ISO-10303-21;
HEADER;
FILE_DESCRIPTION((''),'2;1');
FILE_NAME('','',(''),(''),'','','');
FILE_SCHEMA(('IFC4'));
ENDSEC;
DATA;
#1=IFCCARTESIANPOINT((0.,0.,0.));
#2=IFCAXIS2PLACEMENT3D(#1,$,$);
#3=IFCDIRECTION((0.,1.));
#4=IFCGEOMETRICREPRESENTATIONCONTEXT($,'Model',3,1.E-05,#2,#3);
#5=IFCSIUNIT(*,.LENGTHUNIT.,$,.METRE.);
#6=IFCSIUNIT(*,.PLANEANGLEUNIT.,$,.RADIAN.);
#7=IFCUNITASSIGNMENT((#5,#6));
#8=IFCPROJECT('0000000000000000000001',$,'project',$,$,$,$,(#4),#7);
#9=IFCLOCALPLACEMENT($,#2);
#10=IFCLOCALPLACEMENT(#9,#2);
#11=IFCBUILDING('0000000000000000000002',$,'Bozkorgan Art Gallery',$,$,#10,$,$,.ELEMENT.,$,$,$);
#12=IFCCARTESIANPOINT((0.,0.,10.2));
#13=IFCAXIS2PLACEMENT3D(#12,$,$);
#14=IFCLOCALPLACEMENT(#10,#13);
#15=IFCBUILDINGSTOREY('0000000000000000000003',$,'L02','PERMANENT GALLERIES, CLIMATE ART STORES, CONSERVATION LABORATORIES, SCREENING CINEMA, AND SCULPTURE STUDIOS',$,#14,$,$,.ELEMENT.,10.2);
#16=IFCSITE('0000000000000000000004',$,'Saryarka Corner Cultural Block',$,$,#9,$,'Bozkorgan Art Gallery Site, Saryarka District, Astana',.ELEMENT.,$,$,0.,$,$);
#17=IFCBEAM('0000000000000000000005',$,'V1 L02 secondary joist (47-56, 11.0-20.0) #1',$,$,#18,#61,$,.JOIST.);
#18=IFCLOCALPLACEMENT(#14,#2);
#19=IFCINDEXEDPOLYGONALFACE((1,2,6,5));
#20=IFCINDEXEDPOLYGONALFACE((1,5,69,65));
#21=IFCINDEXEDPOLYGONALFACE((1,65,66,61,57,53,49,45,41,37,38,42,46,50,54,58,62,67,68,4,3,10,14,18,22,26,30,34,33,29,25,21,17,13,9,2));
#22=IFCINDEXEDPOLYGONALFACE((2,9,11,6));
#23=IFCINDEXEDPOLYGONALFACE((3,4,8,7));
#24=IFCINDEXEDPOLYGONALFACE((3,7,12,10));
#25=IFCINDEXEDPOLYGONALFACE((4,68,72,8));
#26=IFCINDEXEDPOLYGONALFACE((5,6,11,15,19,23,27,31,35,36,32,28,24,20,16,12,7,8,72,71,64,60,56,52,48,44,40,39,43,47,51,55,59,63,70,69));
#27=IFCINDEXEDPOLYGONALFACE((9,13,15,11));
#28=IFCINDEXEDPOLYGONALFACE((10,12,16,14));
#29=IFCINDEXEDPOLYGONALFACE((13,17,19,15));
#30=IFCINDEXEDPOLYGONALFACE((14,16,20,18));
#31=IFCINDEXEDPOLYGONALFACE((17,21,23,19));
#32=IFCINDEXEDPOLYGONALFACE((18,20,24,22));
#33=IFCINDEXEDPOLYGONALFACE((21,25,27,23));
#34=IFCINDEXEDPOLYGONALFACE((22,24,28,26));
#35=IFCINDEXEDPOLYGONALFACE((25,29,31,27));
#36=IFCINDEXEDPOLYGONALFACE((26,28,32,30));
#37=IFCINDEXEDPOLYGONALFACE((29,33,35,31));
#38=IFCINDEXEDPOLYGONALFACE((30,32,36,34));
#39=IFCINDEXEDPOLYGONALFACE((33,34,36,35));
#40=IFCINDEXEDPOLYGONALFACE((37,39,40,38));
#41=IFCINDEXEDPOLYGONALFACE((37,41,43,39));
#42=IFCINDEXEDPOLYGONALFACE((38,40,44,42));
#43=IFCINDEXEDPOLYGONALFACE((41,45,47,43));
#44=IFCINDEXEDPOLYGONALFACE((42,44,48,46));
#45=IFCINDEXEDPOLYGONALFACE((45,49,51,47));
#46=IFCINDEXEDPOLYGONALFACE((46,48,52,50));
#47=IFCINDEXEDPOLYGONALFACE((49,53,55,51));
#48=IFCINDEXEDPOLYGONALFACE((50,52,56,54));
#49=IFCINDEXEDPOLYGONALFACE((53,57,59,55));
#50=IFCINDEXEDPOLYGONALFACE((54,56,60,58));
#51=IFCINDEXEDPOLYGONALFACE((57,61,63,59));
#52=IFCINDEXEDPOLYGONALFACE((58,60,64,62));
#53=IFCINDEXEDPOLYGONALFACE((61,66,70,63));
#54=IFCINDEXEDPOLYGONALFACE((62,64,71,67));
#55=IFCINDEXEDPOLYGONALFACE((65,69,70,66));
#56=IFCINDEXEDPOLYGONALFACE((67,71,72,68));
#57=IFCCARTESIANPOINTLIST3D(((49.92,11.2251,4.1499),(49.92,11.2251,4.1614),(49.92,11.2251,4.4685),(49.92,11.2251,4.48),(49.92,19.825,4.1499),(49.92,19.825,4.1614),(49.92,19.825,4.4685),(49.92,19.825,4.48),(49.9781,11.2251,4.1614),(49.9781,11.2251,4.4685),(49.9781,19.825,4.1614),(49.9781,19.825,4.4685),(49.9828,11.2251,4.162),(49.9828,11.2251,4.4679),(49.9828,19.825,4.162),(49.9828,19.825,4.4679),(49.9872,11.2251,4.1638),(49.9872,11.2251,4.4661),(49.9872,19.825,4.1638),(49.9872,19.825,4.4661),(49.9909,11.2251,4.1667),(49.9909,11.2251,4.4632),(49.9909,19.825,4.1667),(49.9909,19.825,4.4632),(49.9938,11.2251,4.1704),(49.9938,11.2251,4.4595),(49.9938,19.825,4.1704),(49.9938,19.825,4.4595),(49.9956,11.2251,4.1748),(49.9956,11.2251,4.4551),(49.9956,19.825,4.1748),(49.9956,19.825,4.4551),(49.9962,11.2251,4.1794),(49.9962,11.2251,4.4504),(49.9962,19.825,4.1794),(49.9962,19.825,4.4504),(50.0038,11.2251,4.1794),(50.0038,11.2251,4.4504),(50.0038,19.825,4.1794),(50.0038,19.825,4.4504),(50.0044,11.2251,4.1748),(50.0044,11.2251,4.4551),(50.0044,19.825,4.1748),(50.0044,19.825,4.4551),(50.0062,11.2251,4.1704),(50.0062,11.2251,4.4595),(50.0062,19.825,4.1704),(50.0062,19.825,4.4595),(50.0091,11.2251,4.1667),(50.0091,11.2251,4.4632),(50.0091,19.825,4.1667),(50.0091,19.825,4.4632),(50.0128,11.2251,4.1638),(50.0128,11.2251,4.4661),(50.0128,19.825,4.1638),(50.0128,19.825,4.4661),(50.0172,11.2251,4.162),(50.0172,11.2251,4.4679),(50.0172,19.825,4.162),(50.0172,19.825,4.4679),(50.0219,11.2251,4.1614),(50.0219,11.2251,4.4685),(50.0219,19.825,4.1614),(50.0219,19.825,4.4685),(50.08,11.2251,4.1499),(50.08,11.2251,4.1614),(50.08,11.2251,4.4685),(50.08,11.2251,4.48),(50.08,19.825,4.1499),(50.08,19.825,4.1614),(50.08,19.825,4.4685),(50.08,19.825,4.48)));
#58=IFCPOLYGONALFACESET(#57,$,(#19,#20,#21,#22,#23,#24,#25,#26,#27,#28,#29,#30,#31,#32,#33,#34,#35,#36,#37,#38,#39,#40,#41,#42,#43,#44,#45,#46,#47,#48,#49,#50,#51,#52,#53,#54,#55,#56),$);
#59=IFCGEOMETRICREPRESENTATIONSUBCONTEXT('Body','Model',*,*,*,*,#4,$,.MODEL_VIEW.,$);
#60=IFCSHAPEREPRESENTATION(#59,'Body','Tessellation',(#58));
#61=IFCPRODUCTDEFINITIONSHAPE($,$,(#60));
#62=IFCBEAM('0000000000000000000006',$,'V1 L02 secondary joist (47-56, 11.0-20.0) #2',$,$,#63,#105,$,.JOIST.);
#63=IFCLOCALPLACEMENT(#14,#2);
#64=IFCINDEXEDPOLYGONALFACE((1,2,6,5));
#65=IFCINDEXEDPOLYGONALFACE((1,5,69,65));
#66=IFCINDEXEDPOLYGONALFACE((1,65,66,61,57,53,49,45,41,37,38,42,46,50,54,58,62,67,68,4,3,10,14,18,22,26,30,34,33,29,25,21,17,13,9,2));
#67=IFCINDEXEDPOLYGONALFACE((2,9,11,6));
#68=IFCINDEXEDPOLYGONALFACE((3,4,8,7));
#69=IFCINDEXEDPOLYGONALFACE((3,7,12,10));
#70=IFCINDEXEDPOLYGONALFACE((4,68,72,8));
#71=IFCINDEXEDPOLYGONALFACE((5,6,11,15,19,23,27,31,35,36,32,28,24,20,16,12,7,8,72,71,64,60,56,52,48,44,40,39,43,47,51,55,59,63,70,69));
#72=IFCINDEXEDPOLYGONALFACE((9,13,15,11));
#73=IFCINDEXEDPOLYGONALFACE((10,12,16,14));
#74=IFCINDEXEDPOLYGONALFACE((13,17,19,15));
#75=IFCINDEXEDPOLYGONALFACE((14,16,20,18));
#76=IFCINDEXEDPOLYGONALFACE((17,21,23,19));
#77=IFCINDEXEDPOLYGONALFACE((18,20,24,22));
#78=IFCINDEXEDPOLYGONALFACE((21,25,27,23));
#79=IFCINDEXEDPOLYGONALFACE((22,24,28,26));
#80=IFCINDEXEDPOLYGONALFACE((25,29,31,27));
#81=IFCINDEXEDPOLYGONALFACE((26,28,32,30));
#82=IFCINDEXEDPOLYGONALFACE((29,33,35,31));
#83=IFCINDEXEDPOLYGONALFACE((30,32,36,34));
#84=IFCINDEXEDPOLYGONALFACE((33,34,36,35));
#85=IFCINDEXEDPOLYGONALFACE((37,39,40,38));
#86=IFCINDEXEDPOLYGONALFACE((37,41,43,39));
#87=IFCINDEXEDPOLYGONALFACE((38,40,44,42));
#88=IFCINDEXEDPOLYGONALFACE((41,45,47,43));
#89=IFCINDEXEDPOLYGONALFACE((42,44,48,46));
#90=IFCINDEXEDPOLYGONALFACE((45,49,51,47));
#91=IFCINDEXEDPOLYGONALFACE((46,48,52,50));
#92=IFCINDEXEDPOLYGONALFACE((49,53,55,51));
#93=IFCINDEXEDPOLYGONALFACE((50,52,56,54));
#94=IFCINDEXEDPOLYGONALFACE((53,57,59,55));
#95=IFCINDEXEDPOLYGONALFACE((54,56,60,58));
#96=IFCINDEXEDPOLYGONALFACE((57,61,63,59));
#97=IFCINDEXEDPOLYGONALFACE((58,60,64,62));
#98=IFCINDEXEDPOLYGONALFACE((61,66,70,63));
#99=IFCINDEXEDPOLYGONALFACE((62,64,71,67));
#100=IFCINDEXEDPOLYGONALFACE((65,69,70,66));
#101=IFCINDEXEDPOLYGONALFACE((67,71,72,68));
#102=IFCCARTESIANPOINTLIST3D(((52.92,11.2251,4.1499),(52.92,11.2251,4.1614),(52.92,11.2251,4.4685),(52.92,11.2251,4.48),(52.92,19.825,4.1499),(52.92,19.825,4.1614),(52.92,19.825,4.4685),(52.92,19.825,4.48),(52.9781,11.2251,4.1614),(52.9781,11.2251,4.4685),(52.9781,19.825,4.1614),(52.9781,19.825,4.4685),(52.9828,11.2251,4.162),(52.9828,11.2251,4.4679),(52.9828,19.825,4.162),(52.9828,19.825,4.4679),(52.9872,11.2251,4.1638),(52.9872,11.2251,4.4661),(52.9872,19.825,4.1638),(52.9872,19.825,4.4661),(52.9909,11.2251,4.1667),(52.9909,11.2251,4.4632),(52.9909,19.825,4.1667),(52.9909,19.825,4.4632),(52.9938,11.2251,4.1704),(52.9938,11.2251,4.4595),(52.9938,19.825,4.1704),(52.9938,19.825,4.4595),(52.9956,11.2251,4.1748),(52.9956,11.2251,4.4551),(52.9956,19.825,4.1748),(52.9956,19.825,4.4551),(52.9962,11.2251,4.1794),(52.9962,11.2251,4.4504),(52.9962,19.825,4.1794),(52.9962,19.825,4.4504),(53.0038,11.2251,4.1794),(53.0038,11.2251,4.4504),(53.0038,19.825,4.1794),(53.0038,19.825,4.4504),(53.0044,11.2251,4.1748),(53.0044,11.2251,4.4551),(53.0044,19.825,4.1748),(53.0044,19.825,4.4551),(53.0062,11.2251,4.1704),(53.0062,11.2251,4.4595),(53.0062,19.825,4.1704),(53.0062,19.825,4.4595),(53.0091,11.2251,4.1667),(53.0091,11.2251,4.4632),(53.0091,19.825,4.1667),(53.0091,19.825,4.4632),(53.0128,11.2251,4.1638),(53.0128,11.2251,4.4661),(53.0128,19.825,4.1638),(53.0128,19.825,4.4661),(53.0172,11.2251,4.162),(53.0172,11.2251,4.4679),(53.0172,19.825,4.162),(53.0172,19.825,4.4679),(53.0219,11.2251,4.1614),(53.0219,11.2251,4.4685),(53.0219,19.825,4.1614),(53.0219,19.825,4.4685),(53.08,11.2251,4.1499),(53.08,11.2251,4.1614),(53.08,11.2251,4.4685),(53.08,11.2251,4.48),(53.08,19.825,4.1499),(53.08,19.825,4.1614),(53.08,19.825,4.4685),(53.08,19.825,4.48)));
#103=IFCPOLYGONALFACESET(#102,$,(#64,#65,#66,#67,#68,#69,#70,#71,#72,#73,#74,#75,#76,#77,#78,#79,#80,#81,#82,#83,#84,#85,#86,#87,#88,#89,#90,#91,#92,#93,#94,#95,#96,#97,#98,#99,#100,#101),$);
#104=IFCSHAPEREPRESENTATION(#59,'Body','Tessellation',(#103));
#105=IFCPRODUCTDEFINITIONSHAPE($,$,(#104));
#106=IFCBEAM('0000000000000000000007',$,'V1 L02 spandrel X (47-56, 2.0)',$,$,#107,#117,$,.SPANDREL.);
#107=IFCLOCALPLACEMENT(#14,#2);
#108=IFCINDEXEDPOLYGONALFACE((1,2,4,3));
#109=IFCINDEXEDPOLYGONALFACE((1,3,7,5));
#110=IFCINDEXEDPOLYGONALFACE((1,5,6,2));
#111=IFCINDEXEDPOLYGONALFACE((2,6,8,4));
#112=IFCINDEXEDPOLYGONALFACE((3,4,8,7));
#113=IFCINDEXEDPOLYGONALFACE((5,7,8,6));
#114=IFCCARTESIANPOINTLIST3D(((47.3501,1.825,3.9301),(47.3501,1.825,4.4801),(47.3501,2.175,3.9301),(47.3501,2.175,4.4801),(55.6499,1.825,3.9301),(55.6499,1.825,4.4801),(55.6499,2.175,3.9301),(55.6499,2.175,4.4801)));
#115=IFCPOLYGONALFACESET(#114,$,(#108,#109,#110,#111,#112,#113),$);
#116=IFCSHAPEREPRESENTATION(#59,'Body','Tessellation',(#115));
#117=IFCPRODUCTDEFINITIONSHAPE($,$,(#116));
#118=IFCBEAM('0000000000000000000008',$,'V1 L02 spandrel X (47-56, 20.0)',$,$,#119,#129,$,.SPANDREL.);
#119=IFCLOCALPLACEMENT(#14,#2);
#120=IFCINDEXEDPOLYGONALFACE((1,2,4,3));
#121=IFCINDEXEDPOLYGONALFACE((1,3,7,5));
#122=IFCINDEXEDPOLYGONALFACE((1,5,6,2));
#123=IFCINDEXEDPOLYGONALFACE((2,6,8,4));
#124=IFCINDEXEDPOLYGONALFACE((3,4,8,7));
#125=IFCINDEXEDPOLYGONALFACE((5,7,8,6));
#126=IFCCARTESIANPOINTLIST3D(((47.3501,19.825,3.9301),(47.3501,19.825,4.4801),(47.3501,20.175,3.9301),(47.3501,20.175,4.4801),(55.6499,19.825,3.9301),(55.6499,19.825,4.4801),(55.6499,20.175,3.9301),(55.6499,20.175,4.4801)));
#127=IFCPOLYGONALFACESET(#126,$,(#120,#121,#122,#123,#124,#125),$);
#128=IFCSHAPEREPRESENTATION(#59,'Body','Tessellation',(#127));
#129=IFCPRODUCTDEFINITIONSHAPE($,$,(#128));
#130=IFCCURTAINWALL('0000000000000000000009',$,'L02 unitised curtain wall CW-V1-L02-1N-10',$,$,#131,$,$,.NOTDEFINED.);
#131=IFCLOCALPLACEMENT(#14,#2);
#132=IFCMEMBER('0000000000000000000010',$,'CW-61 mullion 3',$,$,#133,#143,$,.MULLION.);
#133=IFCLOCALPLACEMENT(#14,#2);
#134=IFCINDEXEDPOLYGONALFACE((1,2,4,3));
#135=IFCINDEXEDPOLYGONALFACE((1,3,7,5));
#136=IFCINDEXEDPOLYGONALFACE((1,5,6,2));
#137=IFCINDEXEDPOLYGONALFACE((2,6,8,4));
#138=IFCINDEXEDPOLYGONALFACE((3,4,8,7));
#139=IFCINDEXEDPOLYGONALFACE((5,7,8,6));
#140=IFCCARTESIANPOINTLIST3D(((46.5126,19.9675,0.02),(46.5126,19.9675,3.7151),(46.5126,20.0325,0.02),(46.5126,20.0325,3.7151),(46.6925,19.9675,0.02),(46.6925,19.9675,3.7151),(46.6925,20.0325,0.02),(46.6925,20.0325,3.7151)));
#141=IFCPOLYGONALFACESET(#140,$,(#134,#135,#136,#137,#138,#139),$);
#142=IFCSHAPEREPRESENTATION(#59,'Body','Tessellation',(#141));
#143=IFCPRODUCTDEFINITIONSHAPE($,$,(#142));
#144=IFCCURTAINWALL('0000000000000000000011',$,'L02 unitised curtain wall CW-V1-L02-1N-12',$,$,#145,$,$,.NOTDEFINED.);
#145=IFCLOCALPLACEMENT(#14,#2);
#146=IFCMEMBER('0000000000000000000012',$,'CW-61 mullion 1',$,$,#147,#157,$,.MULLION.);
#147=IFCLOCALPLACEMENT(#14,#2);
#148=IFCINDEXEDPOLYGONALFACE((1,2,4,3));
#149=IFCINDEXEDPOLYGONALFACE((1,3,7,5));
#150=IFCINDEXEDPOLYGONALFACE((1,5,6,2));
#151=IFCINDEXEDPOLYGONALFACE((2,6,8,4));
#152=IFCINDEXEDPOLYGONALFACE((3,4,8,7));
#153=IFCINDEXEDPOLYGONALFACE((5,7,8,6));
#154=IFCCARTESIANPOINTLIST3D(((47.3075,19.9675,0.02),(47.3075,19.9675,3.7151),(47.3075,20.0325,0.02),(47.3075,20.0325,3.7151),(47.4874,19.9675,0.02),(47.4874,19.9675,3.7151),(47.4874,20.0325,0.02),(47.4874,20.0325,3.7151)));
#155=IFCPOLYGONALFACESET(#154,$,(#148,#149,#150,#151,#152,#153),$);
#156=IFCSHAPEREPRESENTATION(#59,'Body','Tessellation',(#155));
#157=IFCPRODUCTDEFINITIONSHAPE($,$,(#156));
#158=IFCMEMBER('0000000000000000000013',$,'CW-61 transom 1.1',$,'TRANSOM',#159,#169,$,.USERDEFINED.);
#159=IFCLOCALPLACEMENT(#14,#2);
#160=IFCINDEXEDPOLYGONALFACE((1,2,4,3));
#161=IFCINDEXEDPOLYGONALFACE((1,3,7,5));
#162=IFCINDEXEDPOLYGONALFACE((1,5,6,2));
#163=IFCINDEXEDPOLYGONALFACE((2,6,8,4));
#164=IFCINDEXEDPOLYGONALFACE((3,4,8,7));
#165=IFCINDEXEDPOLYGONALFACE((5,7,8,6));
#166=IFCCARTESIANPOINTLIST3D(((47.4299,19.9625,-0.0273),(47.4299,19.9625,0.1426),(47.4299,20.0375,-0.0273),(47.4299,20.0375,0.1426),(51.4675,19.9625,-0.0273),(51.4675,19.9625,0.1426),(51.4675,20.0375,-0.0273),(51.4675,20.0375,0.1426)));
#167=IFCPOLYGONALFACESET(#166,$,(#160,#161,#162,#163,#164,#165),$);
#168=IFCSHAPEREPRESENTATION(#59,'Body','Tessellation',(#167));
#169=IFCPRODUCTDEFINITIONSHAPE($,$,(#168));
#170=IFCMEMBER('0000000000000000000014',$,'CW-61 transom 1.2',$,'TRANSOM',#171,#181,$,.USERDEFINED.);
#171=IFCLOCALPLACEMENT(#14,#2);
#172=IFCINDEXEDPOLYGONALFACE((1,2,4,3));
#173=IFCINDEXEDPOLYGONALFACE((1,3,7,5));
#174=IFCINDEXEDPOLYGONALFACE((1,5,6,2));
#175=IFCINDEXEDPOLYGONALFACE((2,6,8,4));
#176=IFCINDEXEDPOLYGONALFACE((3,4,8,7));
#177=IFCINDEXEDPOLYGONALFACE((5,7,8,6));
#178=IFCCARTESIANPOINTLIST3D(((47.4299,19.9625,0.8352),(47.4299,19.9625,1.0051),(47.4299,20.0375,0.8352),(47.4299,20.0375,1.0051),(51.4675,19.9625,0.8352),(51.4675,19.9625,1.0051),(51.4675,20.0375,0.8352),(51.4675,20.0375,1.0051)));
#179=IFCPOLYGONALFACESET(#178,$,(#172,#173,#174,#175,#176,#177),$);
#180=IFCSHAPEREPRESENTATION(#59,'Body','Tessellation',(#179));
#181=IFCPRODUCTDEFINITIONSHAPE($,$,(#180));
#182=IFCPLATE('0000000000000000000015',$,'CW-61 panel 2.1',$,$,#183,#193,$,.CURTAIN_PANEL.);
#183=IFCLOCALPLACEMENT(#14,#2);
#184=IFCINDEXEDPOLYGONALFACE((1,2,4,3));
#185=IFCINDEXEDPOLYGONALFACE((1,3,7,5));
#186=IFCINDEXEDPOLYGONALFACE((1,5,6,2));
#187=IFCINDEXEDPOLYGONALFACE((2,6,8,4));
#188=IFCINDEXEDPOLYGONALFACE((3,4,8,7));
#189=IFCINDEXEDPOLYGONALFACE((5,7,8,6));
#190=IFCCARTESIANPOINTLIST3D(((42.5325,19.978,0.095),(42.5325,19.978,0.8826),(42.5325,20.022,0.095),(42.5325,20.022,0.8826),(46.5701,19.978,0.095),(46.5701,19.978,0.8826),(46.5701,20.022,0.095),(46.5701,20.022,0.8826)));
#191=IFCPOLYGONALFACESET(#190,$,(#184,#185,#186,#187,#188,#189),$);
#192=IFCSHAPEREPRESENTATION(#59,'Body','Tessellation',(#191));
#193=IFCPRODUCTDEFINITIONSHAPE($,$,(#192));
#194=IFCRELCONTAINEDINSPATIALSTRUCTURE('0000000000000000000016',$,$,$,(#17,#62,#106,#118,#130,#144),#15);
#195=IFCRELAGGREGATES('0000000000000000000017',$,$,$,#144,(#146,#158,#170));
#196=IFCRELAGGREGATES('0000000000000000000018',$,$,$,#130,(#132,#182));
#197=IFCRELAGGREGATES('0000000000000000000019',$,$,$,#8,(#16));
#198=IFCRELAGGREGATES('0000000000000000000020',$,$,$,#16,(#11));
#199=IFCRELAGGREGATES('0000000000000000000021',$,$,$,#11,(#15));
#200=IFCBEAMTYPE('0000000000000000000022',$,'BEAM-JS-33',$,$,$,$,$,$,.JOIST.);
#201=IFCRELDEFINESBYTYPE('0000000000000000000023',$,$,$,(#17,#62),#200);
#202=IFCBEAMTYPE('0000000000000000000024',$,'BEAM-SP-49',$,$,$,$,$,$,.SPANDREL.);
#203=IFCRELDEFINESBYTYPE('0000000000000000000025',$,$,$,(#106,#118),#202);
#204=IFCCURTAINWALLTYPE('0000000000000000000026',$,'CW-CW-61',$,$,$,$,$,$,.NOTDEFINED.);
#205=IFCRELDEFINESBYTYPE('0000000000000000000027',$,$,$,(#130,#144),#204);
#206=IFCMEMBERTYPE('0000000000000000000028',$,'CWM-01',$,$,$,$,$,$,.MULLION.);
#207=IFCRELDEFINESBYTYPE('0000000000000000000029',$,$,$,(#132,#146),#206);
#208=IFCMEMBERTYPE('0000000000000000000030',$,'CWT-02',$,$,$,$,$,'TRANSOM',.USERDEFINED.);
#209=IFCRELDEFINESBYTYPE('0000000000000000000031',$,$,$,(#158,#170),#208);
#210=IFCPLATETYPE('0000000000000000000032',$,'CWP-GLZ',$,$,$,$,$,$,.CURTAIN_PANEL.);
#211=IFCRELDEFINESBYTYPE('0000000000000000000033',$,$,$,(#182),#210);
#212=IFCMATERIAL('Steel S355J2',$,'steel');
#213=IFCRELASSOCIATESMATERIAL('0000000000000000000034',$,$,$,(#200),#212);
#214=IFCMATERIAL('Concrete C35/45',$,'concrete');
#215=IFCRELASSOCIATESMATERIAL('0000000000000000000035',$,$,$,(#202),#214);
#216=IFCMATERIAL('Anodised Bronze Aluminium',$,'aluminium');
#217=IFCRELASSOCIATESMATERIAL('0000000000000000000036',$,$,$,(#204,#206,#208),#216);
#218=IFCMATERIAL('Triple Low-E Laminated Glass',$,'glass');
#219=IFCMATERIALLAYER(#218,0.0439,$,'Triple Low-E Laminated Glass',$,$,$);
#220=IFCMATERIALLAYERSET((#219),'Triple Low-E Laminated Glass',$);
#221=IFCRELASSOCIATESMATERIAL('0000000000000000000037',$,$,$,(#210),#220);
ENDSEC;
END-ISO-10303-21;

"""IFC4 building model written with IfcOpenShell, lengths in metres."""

from ifc_helpers import new_model, si_unit, direction, frame, origin, origin_2d, place, context, subcontext, project, spatial, rectangle, i_section, extrude, material, layer, layer_set, material_profile, profile_set, type_object, element, aggregate, save


model = new_model("IFC4")

# Units and contexts
model_context = context("Model", 3, precision=1e-05, world=origin(), true_north=direction((0.0, 1.0)))
body_context = subcontext(model_context, "Body", "Model", "MODEL_VIEW")
ifc_project = project(units=[si_unit("LENGTHUNIT", "METRE"), si_unit("PLANEANGLEUNIT", "RADIAN")], contexts=[model_context])

# Site, building, storey
site_placement = place(None, origin())
site = spatial("IfcSite", under=ifc_project, at=site_placement, Name="Saryarka Corner Cultural Block", LongName="Bozkorgan Art Gallery Site, Saryarka District, Astana", CompositionType="ELEMENT", RefElevation=0.0)
building_placement = place(site_placement, origin())
building = spatial("IfcBuilding", under=site, at=building_placement, Name="Bozkorgan Art Gallery", CompositionType="ELEMENT")
storey_placement = place(building_placement, frame((0.0, 0.0, 10.2)))
storey = spatial("IfcBuildingStorey", under=building, at=storey_placement, Name="L02", Description="PERMANENT GALLERIES, CLIMATE ART STORES, CONSERVATION LABORATORIES, SCREENING CINEMA, AND SCULPTURE STUDIOS", CompositionType="ELEMENT", Elevation=10.2)

# Beams
ifc_material_1 = material(Name="Concrete C35/45", Category="concrete")
ifc_material_2 = material(Name="Steel S355J2", Category="steel")
ifc_material_profile_1 = material_profile(ifc_material_2, i_section(OverallWidth=0.1599, OverallDepth=0.3301, WebThickness=0.0076, FlangeThickness=0.0115, FilletRadius=0.0181, at=origin_2d()), Name="IPE 330")
ifc_profile_set_1 = profile_set([ifc_material_profile_1], Name="Steel S355J2")
beam_type_1 = type_object("IfcBeamType", Name="BEAM-JS-33", PredefinedType="JOIST", material=ifc_profile_set_1)
for number, where, z_axis, x_axis, name in (
    (1, (50.0, 11.2251, 4.3149), (0.0, 1.0, 0.0), (-1.0, 0.0, 0.0), "V1 L02 secondary joist (47-56, 11.0-20.0) #1"),
    (2, (53.0, 11.2251, 4.3149), (0.0, 1.0, 0.0), (-1.0, 0.0, 0.0), "V1 L02 secondary joist (47-56, 11.0-20.0) #2"),
):
    element("IfcBeam", number, at=place(storey_placement, frame(where, z_axis=z_axis, x_axis=x_axis)), inside=storey, type_object=beam_type_1, Name=name, PredefinedType="JOIST", context=body_context, shape_type="SweptSolid", body=[
        extrude(i_section(OverallWidth=0.1599, OverallDepth=0.3301, WebThickness=0.0076, FlangeThickness=0.0115, FilletRadius=0.0181, at=origin_2d()), origin(), (0.0, 0.0, 1.0), 8.5999),
    ])
ifc_material_profile_2 = material_profile(ifc_material_1, rectangle(XDim=0.3501, YDim=0.55, at=origin_2d()), Name="RC 350x550")
ifc_profile_set_2 = profile_set([ifc_material_profile_2], Name="Concrete C35/45")
beam_type_2 = type_object("IfcBeamType", Name="BEAM-SP-49", PredefinedType="SPANDREL", material=ifc_profile_set_2)
for number, where, z_axis, x_axis, name in (
    (3, (47.3501, 2.0, 4.2051), (1.0, 0.0, 0.0), (0.0, 1.0, 0.0), "V1 L02 spandrel X (47-56, 2.0)"),
    (4, (47.3501, 20.0, 4.2051), (1.0, 0.0, 0.0), (0.0, 1.0, 0.0), "V1 L02 spandrel X (47-56, 20.0)"),
):
    element("IfcBeam", number, at=place(storey_placement, frame(where, z_axis=z_axis, x_axis=x_axis)), inside=storey, type_object=beam_type_2, Name=name, PredefinedType="SPANDREL", context=body_context, shape_type="SweptSolid", body=[
        extrude(rectangle(XDim=0.3501, YDim=0.55, at=origin_2d()), origin(), (0.0, 0.0, 1.0), 8.2998),
    ])

# Curtain wall, member
ifc_material_3 = material(Name="Anodised Bronze Aluminium", Category="aluminium")
curtain_wall_type = type_object("IfcCurtainWallType", Name="CW-CW-61", PredefinedType="NOTDEFINED", material=ifc_material_3)
curtain_wall_1_placement = place(storey_placement, origin())
curtain_wall_1 = element("IfcCurtainWall", 5, at=curtain_wall_1_placement, inside=storey, type_object=curtain_wall_type, Name="L02 unitised curtain wall CW-V1-L02-1N-10", PredefinedType="NOTDEFINED")
ifc_material_profile_3 = material_profile(ifc_material_3, rectangle(XDim=0.0649, YDim=0.1799, at=origin_2d()), Name="ALU MULLION 65x180")
ifc_profile_set_3 = profile_set([ifc_material_profile_3], Name="Anodised Bronze Aluminium")
member_type_1 = type_object("IfcMemberType", Name="CWM-01", PredefinedType="MULLION", material=ifc_profile_set_3)
member_1_placement = place(storey_placement, frame((46.6025, 20.0, 0.02), z_axis=(0.0, 0.0, 1.0), x_axis=(0.0, 1.0, 0.0)))
member_1 = element("IfcMember", 6, at=member_1_placement, type_object=member_type_1, Name="CW-61 mullion 3", PredefinedType="MULLION", context=body_context, shape_type="SweptSolid", body=[
    extrude(rectangle(XDim=0.0649, YDim=0.1799, at=origin_2d()), origin(), (0.0, 0.0, 1.0), 3.6951),
])

# Curtain wall, members
curtain_wall_2_placement = place(storey_placement, origin())
curtain_wall_2 = element("IfcCurtainWall", 7, at=curtain_wall_2_placement, inside=storey, type_object=curtain_wall_type, Name="L02 unitised curtain wall CW-V1-L02-1N-12", PredefinedType="NOTDEFINED")
member_2_placement = place(storey_placement, frame((47.3975, 20.0, 0.02), z_axis=(0.0, 0.0, 1.0), x_axis=(0.0, 1.0, 0.0)))
member_2 = element("IfcMember", 8, at=member_2_placement, type_object=member_type_1, Name="CW-61 mullion 1", PredefinedType="MULLION", context=body_context, shape_type="SweptSolid", body=[
    extrude(rectangle(XDim=0.0649, YDim=0.1799, at=origin_2d()), origin(), (0.0, 0.0, 1.0), 3.6951),
])
ifc_material_profile_4 = material_profile(ifc_material_3, rectangle(XDim=0.075, YDim=0.1699, at=origin_2d()), Name="ALU TRANSOM 75x170")
ifc_profile_set_4 = profile_set([ifc_material_profile_4], Name="Anodised Bronze Aluminium")
member_type_2 = type_object("IfcMemberType", Name="CWT-02", ElementType="TRANSOM", PredefinedType="USERDEFINED", material=ifc_profile_set_4)
member_3_placement = place(storey_placement, frame((47.4299, 20.0, 0.0576), z_axis=(1.0, 0.0, 0.0), x_axis=(0.0, 1.0, 0.0)))
member_3 = element("IfcMember", 9, at=member_3_placement, type_object=member_type_2, Name="CW-61 transom 1.1", ObjectType="TRANSOM", PredefinedType="USERDEFINED", context=body_context, shape_type="SweptSolid", body=[
    extrude(rectangle(XDim=0.075, YDim=0.1699, at=origin_2d()), origin(), (0.0, 0.0, 1.0), 4.0376),
])
member_4_placement = place(storey_placement, frame((47.4299, 20.0, 0.9202), z_axis=(1.0, 0.0, 0.0), x_axis=(0.0, 1.0, 0.0)))
member_4 = element("IfcMember", 10, at=member_4_placement, type_object=member_type_2, Name="CW-61 transom 1.2", ObjectType="TRANSOM", PredefinedType="USERDEFINED", context=body_context, shape_type="SweptSolid", body=[
    extrude(rectangle(XDim=0.075, YDim=0.1699, at=origin_2d()), origin(), (0.0, 0.0, 1.0), 4.0376),
])
aggregate(curtain_wall_2, [member_2, member_3, member_4])

# Plate
ifc_material_4 = material(Name="Triple Low-E Laminated Glass", Category="glass")
ifc_layer_1 = layer(ifc_material_4, 0.0439, Name="Triple Low-E Laminated Glass")
ifc_layer_set_1 = layer_set([ifc_layer_1], Name="Triple Low-E Laminated Glass")
plate_type = type_object("IfcPlateType", Name="CWP-GLZ", PredefinedType="CURTAIN_PANEL", material=ifc_layer_set_1)
plate_1_placement = place(storey_placement, frame((44.5513, 20.0, 0.095), z_axis=(0.0, 0.0, 1.0), x_axis=(1.0, 0.0, 0.0)))
plate_1 = element("IfcPlate", 11, at=plate_1_placement, type_object=plate_type, Name="CW-61 panel 2.1", PredefinedType="CURTAIN_PANEL", context=body_context, shape_type="SweptSolid", body=[
    extrude(rectangle(XDim=4.0376, YDim=0.0439, at=origin_2d()), origin(), (0.0, 0.0, 1.0), 0.7876),
])
aggregate(curtain_wall_1, [member_1, plate_1])

save(model, "model.ifc")
